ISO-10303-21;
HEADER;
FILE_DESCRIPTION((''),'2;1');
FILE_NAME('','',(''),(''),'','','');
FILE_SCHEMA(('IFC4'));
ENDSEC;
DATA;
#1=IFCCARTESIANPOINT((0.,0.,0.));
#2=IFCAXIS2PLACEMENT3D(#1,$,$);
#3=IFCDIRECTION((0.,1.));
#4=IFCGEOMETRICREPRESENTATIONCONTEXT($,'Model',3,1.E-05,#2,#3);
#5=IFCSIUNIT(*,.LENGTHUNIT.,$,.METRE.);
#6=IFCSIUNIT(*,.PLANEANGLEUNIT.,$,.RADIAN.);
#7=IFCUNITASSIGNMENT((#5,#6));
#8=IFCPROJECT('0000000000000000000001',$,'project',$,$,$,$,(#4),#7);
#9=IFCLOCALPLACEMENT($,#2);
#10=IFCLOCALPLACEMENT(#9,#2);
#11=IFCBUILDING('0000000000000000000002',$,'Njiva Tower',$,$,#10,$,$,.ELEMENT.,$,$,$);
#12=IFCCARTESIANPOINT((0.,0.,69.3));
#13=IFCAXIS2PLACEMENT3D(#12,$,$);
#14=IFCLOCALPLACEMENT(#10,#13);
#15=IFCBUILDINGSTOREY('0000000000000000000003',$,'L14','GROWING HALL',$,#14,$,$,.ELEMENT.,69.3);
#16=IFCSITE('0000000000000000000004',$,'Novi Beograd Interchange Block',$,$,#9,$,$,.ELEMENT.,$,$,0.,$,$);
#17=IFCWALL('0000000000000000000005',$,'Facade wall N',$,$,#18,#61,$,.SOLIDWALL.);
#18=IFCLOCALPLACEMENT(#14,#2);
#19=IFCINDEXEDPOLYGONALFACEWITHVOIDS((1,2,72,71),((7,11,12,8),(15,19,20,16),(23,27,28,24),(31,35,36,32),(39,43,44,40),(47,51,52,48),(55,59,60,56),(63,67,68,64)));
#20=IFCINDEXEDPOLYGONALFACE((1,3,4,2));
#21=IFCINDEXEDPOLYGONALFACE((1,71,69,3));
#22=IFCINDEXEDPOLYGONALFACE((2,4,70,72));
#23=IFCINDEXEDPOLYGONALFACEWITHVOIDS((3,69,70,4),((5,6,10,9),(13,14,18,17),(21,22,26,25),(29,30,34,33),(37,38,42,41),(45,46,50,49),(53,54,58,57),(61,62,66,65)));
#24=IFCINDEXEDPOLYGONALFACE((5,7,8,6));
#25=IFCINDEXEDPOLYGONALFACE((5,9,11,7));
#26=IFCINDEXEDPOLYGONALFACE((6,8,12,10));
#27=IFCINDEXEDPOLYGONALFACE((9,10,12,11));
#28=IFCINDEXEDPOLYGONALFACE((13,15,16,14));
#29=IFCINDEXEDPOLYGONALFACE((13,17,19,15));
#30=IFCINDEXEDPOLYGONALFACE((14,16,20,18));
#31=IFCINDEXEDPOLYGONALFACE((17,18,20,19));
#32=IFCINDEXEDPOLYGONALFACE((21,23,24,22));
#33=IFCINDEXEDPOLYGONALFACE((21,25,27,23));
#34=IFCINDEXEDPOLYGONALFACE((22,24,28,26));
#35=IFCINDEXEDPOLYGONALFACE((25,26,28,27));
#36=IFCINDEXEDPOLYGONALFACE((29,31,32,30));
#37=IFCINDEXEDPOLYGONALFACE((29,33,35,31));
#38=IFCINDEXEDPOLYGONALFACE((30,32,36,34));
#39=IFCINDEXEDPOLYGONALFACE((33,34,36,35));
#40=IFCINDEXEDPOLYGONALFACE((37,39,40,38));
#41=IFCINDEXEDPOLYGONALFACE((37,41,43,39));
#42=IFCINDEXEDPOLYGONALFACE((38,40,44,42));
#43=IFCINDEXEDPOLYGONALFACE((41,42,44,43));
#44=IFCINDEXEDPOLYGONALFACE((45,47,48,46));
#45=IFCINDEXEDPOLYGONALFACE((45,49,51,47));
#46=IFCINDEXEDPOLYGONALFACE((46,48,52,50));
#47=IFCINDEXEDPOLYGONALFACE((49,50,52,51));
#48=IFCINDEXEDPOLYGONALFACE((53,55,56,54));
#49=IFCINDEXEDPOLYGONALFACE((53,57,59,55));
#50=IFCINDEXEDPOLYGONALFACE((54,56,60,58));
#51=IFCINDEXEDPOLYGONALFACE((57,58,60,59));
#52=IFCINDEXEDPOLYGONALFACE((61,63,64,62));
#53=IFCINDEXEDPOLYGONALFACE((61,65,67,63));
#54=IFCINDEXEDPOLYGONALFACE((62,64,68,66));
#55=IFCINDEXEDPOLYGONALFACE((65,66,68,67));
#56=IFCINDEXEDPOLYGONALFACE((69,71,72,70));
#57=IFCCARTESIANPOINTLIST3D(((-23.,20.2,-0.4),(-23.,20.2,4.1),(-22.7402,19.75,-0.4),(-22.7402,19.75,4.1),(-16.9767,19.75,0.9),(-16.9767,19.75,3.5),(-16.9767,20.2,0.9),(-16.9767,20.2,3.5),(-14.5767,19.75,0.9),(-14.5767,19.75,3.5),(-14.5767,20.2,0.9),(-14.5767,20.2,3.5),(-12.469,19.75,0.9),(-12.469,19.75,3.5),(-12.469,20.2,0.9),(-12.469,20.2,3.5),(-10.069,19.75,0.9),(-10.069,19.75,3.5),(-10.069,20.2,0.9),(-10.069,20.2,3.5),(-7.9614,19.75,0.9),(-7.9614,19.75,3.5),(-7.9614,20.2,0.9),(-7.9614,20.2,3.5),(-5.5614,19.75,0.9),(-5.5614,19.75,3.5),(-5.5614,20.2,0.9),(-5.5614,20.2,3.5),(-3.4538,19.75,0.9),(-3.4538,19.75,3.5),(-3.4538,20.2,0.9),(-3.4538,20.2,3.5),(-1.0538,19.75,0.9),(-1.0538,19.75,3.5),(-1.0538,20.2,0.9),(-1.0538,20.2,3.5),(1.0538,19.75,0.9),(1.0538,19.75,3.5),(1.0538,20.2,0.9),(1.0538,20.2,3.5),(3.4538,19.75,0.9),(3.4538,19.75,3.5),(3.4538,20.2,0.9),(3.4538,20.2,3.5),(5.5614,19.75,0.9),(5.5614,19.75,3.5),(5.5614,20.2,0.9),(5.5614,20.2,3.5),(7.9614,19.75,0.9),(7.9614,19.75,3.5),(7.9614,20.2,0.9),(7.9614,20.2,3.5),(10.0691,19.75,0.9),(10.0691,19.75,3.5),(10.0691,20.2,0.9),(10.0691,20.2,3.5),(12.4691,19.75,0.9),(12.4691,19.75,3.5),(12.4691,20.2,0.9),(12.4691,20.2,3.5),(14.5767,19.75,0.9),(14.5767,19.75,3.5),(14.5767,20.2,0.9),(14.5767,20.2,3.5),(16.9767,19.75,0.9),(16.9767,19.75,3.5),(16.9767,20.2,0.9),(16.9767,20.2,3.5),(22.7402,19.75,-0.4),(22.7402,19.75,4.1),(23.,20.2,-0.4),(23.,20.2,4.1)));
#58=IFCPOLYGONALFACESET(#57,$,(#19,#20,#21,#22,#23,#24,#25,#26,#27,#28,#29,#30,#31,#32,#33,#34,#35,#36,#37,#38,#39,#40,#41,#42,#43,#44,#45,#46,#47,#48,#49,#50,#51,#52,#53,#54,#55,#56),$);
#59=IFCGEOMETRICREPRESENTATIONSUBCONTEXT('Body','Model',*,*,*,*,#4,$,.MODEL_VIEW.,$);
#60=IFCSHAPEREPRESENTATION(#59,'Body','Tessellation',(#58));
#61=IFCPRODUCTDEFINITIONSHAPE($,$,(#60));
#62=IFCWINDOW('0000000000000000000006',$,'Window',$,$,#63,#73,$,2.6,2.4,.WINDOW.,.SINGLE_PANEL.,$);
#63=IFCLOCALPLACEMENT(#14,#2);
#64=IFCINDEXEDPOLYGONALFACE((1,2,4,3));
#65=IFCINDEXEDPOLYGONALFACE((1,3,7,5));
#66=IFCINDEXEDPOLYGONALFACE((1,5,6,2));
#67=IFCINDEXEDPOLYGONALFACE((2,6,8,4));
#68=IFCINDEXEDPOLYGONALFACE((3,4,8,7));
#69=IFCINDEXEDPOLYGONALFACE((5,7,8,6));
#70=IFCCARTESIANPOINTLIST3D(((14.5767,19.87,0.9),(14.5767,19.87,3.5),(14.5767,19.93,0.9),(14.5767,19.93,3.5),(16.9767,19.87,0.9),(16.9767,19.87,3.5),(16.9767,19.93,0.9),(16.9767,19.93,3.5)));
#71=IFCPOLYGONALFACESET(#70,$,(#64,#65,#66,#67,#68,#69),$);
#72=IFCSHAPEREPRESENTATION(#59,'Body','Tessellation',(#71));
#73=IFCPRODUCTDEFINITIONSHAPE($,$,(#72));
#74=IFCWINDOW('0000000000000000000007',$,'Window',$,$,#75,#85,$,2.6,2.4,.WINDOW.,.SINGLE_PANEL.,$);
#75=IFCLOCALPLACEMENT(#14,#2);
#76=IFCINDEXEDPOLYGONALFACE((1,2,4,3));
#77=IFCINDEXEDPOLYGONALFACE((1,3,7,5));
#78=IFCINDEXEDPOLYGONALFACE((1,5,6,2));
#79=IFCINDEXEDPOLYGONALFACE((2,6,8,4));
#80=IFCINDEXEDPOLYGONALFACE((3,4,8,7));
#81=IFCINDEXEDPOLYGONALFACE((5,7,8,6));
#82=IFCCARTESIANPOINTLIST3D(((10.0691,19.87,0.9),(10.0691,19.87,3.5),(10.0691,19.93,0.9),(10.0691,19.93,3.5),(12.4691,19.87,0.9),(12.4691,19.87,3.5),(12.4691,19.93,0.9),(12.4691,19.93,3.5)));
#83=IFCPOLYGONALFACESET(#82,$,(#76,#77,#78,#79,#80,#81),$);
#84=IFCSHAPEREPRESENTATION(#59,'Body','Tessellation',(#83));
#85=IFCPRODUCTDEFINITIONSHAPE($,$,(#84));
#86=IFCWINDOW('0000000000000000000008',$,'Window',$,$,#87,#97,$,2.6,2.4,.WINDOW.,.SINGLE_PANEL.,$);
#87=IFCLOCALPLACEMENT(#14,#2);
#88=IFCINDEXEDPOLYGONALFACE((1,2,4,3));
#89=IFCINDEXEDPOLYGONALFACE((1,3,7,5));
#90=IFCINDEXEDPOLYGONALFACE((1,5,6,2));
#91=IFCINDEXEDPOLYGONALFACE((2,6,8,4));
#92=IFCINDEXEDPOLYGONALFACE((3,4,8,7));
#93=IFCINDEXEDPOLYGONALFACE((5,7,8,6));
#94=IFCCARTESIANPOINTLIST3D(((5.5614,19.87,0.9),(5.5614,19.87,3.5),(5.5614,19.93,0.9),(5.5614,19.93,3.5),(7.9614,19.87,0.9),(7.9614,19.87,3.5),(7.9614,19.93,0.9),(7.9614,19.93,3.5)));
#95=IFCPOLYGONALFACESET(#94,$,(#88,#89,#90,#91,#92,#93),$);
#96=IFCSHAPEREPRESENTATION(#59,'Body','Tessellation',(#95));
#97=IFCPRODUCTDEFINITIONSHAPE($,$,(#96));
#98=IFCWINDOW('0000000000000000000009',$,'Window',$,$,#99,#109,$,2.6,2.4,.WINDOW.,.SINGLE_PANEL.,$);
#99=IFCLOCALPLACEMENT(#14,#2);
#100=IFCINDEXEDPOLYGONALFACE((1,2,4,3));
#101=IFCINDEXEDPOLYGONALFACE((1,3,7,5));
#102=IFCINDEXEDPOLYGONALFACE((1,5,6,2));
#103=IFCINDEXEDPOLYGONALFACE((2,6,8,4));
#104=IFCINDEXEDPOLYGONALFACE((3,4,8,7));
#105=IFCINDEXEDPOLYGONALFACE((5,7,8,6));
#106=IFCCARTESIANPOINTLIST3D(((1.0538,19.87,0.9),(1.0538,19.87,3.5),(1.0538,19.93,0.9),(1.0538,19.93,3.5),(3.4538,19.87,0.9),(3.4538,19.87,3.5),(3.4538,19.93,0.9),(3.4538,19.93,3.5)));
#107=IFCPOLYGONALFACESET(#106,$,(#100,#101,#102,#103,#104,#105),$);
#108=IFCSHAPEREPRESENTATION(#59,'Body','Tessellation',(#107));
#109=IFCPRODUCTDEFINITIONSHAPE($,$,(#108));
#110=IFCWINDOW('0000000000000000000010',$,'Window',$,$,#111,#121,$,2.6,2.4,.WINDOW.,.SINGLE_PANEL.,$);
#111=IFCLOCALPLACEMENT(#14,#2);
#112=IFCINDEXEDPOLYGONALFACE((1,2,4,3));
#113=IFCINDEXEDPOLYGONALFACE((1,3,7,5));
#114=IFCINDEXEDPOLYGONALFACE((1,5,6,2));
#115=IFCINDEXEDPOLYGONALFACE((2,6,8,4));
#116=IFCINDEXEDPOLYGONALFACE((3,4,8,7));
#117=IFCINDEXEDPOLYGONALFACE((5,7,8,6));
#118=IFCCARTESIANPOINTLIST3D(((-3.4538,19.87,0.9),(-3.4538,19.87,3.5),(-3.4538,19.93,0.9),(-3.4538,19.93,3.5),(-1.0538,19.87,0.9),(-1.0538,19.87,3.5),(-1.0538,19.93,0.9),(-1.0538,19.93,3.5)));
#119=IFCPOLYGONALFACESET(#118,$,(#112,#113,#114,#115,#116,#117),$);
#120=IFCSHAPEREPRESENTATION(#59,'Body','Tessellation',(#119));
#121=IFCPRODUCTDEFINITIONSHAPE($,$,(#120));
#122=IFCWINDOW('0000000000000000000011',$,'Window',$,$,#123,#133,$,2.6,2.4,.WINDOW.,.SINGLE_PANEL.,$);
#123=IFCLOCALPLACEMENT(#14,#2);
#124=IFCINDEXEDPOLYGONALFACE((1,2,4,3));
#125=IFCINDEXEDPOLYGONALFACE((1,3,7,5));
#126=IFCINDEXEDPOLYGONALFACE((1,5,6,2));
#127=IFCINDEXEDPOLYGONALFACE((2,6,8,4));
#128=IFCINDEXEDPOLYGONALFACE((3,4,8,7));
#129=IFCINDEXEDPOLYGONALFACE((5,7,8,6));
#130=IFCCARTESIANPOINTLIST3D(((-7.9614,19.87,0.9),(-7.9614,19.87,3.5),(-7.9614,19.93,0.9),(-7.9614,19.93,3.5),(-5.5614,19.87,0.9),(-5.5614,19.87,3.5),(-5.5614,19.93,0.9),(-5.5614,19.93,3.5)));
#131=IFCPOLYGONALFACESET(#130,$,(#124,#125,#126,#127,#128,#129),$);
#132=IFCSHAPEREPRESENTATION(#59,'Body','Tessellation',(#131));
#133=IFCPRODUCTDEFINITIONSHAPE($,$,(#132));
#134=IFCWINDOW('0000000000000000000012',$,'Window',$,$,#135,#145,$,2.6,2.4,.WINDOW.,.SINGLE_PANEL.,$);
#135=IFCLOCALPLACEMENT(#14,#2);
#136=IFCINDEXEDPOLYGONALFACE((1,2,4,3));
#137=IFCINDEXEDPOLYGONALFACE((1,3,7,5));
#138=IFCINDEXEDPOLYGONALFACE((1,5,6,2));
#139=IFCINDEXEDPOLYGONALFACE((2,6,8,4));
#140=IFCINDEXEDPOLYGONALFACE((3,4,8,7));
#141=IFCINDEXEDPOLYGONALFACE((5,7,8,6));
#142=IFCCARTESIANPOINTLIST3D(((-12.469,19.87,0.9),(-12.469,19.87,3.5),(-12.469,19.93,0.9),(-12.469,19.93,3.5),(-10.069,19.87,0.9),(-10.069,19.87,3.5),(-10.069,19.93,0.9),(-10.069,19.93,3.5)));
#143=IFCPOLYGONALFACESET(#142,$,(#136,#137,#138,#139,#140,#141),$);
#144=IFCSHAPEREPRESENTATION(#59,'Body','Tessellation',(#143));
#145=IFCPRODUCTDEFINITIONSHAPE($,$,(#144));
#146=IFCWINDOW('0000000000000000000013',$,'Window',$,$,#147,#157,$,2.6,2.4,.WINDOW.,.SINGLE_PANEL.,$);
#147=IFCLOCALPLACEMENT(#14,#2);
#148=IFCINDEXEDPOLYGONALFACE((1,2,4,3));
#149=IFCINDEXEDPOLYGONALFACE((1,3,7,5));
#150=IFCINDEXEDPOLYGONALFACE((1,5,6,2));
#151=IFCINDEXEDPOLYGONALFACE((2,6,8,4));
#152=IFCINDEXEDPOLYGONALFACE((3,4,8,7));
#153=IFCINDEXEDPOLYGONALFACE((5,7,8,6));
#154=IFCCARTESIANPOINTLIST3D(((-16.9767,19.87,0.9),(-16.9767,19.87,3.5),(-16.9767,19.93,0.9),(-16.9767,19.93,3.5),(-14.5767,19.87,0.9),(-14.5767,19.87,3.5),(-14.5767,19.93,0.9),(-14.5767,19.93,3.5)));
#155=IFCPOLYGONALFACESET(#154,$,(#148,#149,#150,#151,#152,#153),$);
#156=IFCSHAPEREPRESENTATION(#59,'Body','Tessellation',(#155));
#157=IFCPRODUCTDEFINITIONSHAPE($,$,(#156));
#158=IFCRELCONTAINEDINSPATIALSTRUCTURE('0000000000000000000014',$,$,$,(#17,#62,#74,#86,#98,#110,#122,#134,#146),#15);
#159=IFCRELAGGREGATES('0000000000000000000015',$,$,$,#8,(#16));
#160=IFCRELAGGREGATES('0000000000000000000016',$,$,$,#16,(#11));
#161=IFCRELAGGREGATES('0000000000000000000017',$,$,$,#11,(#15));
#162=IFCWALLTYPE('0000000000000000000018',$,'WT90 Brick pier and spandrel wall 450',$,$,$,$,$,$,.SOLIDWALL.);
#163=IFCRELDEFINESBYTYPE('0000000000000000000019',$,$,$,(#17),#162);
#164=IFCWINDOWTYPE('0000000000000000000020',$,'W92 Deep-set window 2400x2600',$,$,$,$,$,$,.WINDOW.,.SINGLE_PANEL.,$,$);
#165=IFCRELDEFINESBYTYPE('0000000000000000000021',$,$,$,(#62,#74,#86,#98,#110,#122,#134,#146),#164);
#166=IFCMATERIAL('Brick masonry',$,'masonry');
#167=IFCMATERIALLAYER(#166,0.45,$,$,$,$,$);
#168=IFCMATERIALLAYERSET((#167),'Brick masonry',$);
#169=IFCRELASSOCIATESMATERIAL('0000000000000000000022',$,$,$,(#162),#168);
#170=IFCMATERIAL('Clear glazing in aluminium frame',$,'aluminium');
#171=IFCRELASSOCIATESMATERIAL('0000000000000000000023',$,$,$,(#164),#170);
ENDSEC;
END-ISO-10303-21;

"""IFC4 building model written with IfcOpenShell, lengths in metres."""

from ifc_helpers import new_model, si_unit, direction, frame, frame_2d, origin, place, context, subcontext, project, spatial, polyline, rectangle, outline, extrude, material, layer, layer_set, type_object, element, fill, save


model = new_model("IFC4")

# Units and contexts
model_context = context("Model", 3, precision=1e-05, world=origin(), true_north=direction((0.0, 1.0)))
body_context = subcontext(model_context, "Body", "Model", "MODEL_VIEW")
ifc_project = project(units=[si_unit("LENGTHUNIT", "METRE"), si_unit("PLANEANGLEUNIT", "RADIAN")], contexts=[model_context])

# Site, building, storey
site_placement = place(None, origin())
site = spatial("IfcSite", under=ifc_project, at=site_placement, Name="Novi Beograd Interchange Block", CompositionType="ELEMENT", RefElevation=0.0)
building_placement = place(site_placement, origin())
building = spatial("IfcBuilding", under=site, at=building_placement, Name="Njiva Tower", CompositionType="ELEMENT")
storey_placement = place(building_placement, frame((0.0, 0.0, 69.3)))
storey = spatial("IfcBuildingStorey", under=building, at=storey_placement, Name="L14", Description="GROWING HALL", CompositionType="ELEMENT", Elevation=69.3)

# Wall, openings, windows
ifc_material_1 = material(Name="Brick masonry", Category="masonry")
ifc_layer_1 = layer(ifc_material_1, 0.45)
ifc_layer_set_1 = layer_set([ifc_layer_1], Name="Brick masonry")
wall_type_1 = type_object("IfcWallType", Name="WT90 Brick pier and spandrel wall 450", PredefinedType="SOLIDWALL", material=ifc_layer_set_1)
wall_1_placement = place(storey_placement, frame((22.8701, 19.975, -0.4), z_axis=(0.0, 0.0, 1.0), x_axis=(-1.0, 0.0, 0.0)))
wall_1 = element("IfcWall", 1, at=wall_1_placement, inside=storey, type_object=wall_type_1, Name="Facade wall N", PredefinedType="SOLIDWALL", context=body_context, shape_type="SweptSolid", body=[
    extrude(outline(polyline([(-0.1299, -0.225), (45.8701, -0.225), (45.6103, 0.225), (0.1299, 0.225), (-0.1299, -0.225)])), origin(), (0.0, 0.0, 1.0), 4.5),
])
opening_1_placement = place(wall_1_placement, frame((5.8934, 0.0, 1.3)))
opening_1 = element("IfcOpeningElement", 2, at=opening_1_placement, cuts=wall_1, PredefinedType="OPENING", context=body_context, shape_type="SweptSolid", body=[
    extrude(rectangle(XDim=2.4, YDim=2.6, at=frame_2d((1.2, 1.3))), frame((0.0, 0.235, 0.0), z_axis=(0.0, -1.0, 0.0), x_axis=(1.0, 0.0, 0.0)), (0.0, 0.0, 1.0), 0.47),
])
opening_2_placement = place(wall_1_placement, frame((10.401, 0.0, 1.3)))
opening_2 = element("IfcOpeningElement", 3, at=opening_2_placement, cuts=wall_1, PredefinedType="OPENING", context=body_context, shape_type="SweptSolid", body=[
    extrude(rectangle(XDim=2.4, YDim=2.6, at=frame_2d((1.2, 1.3))), frame((0.0, 0.235, 0.0), z_axis=(0.0, -1.0, 0.0), x_axis=(1.0, 0.0, 0.0)), (0.0, 0.0, 1.0), 0.47),
])
opening_3_placement = place(wall_1_placement, frame((14.9087, 0.0, 1.3)))
opening_3 = element("IfcOpeningElement", 4, at=opening_3_placement, cuts=wall_1, PredefinedType="OPENING", context=body_context, shape_type="SweptSolid", body=[
    extrude(rectangle(XDim=2.4, YDim=2.6, at=frame_2d((1.2, 1.3))), frame((0.0, 0.235, 0.0), z_axis=(0.0, -1.0, 0.0), x_axis=(1.0, 0.0, 0.0)), (0.0, 0.0, 1.0), 0.47),
])
opening_4_placement = place(wall_1_placement, frame((19.4163, 0.0, 1.3)))
opening_4 = element("IfcOpeningElement", 5, at=opening_4_placement, cuts=wall_1, PredefinedType="OPENING", context=body_context, shape_type="SweptSolid", body=[
    extrude(rectangle(XDim=2.4, YDim=2.6, at=frame_2d((1.2, 1.3))), frame((0.0, 0.235, 0.0), z_axis=(0.0, -1.0, 0.0), x_axis=(1.0, 0.0, 0.0)), (0.0, 0.0, 1.0), 0.47),
])
opening_5_placement = place(wall_1_placement, frame((23.9239, 0.0, 1.3)))
opening_5 = element("IfcOpeningElement", 6, at=opening_5_placement, cuts=wall_1, PredefinedType="OPENING", context=body_context, shape_type="SweptSolid", body=[
    extrude(rectangle(XDim=2.4, YDim=2.6, at=frame_2d((1.2, 1.3))), frame((0.0, 0.235, 0.0), z_axis=(0.0, -1.0, 0.0), x_axis=(1.0, 0.0, 0.0)), (0.0, 0.0, 1.0), 0.47),
])
opening_6_placement = place(wall_1_placement, frame((28.4315, 0.0, 1.3)))
opening_6 = element("IfcOpeningElement", 7, at=opening_6_placement, cuts=wall_1, PredefinedType="OPENING", context=body_context, shape_type="SweptSolid", body=[
    extrude(rectangle(XDim=2.4, YDim=2.6, at=frame_2d((1.2, 1.3))), frame((0.0, 0.235, 0.0), z_axis=(0.0, -1.0, 0.0), x_axis=(1.0, 0.0, 0.0)), (0.0, 0.0, 1.0), 0.47),
])
opening_7_placement = place(wall_1_placement, frame((32.9391, 0.0, 1.3)))
opening_7 = element("IfcOpeningElement", 8, at=opening_7_placement, cuts=wall_1, PredefinedType="OPENING", context=body_context, shape_type="SweptSolid", body=[
    extrude(rectangle(XDim=2.4, YDim=2.6, at=frame_2d((1.2, 1.3))), frame((0.0, 0.235, 0.0), z_axis=(0.0, -1.0, 0.0), x_axis=(1.0, 0.0, 0.0)), (0.0, 0.0, 1.0), 0.47),
])
opening_8_placement = place(wall_1_placement, frame((37.4468, 0.0, 1.3)))
opening_8 = element("IfcOpeningElement", 9, at=opening_8_placement, cuts=wall_1, PredefinedType="OPENING", context=body_context, shape_type="SweptSolid", body=[
    extrude(rectangle(XDim=2.4, YDim=2.6, at=frame_2d((1.2, 1.3))), frame((0.0, 0.235, 0.0), z_axis=(0.0, -1.0, 0.0), x_axis=(1.0, 0.0, 0.0)), (0.0, 0.0, 1.0), 0.47),
])
ifc_material_2 = material(Name="Clear glazing in aluminium frame", Category="aluminium")
window_type = type_object("IfcWindowType", Name="W92 Deep-set window 2400x2600", PartitioningType="SINGLE_PANEL", PredefinedType="WINDOW", material=ifc_material_2)
window_1_placement = place(opening_1_placement, origin())
window_1 = element("IfcWindow", 10, at=window_1_placement, inside=storey, type_object=window_type, Name="Window", OverallHeight=2.6, OverallWidth=2.4, PartitioningType="SINGLE_PANEL", PredefinedType="WINDOW", context=body_context, shape_type="SweptSolid", body=[
    extrude(rectangle(XDim=2.4, YDim=2.6, at=frame_2d((1.2, 1.3))), frame((0.0, 0.105, 0.0), z_axis=(0.0, -1.0, 0.0), x_axis=(1.0, 0.0, 0.0)), (0.0, 0.0, 1.0), 0.06),
])
fill(opening_1, window_1)
window_2_placement = place(opening_2_placement, origin())
window_2 = element("IfcWindow", 11, at=window_2_placement, inside=storey, type_object=window_type, Name="Window", OverallHeight=2.6, OverallWidth=2.4, PartitioningType="SINGLE_PANEL", PredefinedType="WINDOW", context=body_context, shape_type="SweptSolid", body=[
    extrude(rectangle(XDim=2.4, YDim=2.6, at=frame_2d((1.2, 1.3))), frame((0.0, 0.105, 0.0), z_axis=(0.0, -1.0, 0.0), x_axis=(1.0, 0.0, 0.0)), (0.0, 0.0, 1.0), 0.06),
])
fill(opening_2, window_2)
window_3_placement = place(opening_3_placement, origin())
window_3 = element("IfcWindow", 12, at=window_3_placement, inside=storey, type_object=window_type, Name="Window", OverallHeight=2.6, OverallWidth=2.4, PartitioningType="SINGLE_PANEL", PredefinedType="WINDOW", context=body_context, shape_type="SweptSolid", body=[
    extrude(rectangle(XDim=2.4, YDim=2.6, at=frame_2d((1.2, 1.3))), frame((0.0, 0.105, 0.0), z_axis=(0.0, -1.0, 0.0), x_axis=(1.0, 0.0, 0.0)), (0.0, 0.0, 1.0), 0.06),
])
fill(opening_3, window_3)
window_4_placement = place(opening_4_placement, origin())
window_4 = element("IfcWindow", 13, at=window_4_placement, inside=storey, type_object=window_type, Name="Window", OverallHeight=2.6, OverallWidth=2.4, PartitioningType="SINGLE_PANEL", PredefinedType="WINDOW", context=body_context, shape_type="SweptSolid", body=[
    extrude(rectangle(XDim=2.4, YDim=2.6, at=frame_2d((1.2, 1.3))), frame((0.0, 0.105, 0.0), z_axis=(0.0, -1.0, 0.0), x_axis=(1.0, 0.0, 0.0)), (0.0, 0.0, 1.0), 0.06),
])
fill(opening_4, window_4)
window_5_placement = place(opening_5_placement, origin())
window_5 = element("IfcWindow", 14, at=window_5_placement, inside=storey, type_object=window_type, Name="Window", OverallHeight=2.6, OverallWidth=2.4, PartitioningType="SINGLE_PANEL", PredefinedType="WINDOW", context=body_context, shape_type="SweptSolid", body=[
    extrude(rectangle(XDim=2.4, YDim=2.6, at=frame_2d((1.2, 1.3))), frame((0.0, 0.105, 0.0), z_axis=(0.0, -1.0, 0.0), x_axis=(1.0, 0.0, 0.0)), (0.0, 0.0, 1.0), 0.06),
])
fill(opening_5, window_5)
window_6_placement = place(opening_6_placement, origin())
window_6 = element("IfcWindow", 15, at=window_6_placement, inside=storey, type_object=window_type, Name="Window", OverallHeight=2.6, OverallWidth=2.4, PartitioningType="SINGLE_PANEL", PredefinedType="WINDOW", context=body_context, shape_type="SweptSolid", body=[
    extrude(rectangle(XDim=2.4, YDim=2.6, at=frame_2d((1.2, 1.3))), frame((0.0, 0.105, 0.0), z_axis=(0.0, -1.0, 0.0), x_axis=(1.0, 0.0, 0.0)), (0.0, 0.0, 1.0), 0.06),
])
fill(opening_6, window_6)
window_7_placement = place(opening_7_placement, origin())
window_7 = element("IfcWindow", 16, at=window_7_placement, inside=storey, type_object=window_type, Name="Window", OverallHeight=2.6, OverallWidth=2.4, PartitioningType="SINGLE_PANEL", PredefinedType="WINDOW", context=body_context, shape_type="SweptSolid", body=[
    extrude(rectangle(XDim=2.4, YDim=2.6, at=frame_2d((1.2, 1.3))), frame((0.0, 0.105, 0.0), z_axis=(0.0, -1.0, 0.0), x_axis=(1.0, 0.0, 0.0)), (0.0, 0.0, 1.0), 0.06),
])
fill(opening_7, window_7)
window_8_placement = place(opening_8_placement, origin())
window_8 = element("IfcWindow", 17, at=window_8_placement, inside=storey, type_object=window_type, Name="Window", OverallHeight=2.6, OverallWidth=2.4, PartitioningType="SINGLE_PANEL", PredefinedType="WINDOW", context=body_context, shape_type="SweptSolid", body=[
    extrude(rectangle(XDim=2.4, YDim=2.6, at=frame_2d((1.2, 1.3))), frame((0.0, 0.105, 0.0), z_axis=(0.0, -1.0, 0.0), x_axis=(1.0, 0.0, 0.0)), (0.0, 0.0, 1.0), 0.06),
])
fill(opening_8, window_8)

save(model, "model.ifc")
